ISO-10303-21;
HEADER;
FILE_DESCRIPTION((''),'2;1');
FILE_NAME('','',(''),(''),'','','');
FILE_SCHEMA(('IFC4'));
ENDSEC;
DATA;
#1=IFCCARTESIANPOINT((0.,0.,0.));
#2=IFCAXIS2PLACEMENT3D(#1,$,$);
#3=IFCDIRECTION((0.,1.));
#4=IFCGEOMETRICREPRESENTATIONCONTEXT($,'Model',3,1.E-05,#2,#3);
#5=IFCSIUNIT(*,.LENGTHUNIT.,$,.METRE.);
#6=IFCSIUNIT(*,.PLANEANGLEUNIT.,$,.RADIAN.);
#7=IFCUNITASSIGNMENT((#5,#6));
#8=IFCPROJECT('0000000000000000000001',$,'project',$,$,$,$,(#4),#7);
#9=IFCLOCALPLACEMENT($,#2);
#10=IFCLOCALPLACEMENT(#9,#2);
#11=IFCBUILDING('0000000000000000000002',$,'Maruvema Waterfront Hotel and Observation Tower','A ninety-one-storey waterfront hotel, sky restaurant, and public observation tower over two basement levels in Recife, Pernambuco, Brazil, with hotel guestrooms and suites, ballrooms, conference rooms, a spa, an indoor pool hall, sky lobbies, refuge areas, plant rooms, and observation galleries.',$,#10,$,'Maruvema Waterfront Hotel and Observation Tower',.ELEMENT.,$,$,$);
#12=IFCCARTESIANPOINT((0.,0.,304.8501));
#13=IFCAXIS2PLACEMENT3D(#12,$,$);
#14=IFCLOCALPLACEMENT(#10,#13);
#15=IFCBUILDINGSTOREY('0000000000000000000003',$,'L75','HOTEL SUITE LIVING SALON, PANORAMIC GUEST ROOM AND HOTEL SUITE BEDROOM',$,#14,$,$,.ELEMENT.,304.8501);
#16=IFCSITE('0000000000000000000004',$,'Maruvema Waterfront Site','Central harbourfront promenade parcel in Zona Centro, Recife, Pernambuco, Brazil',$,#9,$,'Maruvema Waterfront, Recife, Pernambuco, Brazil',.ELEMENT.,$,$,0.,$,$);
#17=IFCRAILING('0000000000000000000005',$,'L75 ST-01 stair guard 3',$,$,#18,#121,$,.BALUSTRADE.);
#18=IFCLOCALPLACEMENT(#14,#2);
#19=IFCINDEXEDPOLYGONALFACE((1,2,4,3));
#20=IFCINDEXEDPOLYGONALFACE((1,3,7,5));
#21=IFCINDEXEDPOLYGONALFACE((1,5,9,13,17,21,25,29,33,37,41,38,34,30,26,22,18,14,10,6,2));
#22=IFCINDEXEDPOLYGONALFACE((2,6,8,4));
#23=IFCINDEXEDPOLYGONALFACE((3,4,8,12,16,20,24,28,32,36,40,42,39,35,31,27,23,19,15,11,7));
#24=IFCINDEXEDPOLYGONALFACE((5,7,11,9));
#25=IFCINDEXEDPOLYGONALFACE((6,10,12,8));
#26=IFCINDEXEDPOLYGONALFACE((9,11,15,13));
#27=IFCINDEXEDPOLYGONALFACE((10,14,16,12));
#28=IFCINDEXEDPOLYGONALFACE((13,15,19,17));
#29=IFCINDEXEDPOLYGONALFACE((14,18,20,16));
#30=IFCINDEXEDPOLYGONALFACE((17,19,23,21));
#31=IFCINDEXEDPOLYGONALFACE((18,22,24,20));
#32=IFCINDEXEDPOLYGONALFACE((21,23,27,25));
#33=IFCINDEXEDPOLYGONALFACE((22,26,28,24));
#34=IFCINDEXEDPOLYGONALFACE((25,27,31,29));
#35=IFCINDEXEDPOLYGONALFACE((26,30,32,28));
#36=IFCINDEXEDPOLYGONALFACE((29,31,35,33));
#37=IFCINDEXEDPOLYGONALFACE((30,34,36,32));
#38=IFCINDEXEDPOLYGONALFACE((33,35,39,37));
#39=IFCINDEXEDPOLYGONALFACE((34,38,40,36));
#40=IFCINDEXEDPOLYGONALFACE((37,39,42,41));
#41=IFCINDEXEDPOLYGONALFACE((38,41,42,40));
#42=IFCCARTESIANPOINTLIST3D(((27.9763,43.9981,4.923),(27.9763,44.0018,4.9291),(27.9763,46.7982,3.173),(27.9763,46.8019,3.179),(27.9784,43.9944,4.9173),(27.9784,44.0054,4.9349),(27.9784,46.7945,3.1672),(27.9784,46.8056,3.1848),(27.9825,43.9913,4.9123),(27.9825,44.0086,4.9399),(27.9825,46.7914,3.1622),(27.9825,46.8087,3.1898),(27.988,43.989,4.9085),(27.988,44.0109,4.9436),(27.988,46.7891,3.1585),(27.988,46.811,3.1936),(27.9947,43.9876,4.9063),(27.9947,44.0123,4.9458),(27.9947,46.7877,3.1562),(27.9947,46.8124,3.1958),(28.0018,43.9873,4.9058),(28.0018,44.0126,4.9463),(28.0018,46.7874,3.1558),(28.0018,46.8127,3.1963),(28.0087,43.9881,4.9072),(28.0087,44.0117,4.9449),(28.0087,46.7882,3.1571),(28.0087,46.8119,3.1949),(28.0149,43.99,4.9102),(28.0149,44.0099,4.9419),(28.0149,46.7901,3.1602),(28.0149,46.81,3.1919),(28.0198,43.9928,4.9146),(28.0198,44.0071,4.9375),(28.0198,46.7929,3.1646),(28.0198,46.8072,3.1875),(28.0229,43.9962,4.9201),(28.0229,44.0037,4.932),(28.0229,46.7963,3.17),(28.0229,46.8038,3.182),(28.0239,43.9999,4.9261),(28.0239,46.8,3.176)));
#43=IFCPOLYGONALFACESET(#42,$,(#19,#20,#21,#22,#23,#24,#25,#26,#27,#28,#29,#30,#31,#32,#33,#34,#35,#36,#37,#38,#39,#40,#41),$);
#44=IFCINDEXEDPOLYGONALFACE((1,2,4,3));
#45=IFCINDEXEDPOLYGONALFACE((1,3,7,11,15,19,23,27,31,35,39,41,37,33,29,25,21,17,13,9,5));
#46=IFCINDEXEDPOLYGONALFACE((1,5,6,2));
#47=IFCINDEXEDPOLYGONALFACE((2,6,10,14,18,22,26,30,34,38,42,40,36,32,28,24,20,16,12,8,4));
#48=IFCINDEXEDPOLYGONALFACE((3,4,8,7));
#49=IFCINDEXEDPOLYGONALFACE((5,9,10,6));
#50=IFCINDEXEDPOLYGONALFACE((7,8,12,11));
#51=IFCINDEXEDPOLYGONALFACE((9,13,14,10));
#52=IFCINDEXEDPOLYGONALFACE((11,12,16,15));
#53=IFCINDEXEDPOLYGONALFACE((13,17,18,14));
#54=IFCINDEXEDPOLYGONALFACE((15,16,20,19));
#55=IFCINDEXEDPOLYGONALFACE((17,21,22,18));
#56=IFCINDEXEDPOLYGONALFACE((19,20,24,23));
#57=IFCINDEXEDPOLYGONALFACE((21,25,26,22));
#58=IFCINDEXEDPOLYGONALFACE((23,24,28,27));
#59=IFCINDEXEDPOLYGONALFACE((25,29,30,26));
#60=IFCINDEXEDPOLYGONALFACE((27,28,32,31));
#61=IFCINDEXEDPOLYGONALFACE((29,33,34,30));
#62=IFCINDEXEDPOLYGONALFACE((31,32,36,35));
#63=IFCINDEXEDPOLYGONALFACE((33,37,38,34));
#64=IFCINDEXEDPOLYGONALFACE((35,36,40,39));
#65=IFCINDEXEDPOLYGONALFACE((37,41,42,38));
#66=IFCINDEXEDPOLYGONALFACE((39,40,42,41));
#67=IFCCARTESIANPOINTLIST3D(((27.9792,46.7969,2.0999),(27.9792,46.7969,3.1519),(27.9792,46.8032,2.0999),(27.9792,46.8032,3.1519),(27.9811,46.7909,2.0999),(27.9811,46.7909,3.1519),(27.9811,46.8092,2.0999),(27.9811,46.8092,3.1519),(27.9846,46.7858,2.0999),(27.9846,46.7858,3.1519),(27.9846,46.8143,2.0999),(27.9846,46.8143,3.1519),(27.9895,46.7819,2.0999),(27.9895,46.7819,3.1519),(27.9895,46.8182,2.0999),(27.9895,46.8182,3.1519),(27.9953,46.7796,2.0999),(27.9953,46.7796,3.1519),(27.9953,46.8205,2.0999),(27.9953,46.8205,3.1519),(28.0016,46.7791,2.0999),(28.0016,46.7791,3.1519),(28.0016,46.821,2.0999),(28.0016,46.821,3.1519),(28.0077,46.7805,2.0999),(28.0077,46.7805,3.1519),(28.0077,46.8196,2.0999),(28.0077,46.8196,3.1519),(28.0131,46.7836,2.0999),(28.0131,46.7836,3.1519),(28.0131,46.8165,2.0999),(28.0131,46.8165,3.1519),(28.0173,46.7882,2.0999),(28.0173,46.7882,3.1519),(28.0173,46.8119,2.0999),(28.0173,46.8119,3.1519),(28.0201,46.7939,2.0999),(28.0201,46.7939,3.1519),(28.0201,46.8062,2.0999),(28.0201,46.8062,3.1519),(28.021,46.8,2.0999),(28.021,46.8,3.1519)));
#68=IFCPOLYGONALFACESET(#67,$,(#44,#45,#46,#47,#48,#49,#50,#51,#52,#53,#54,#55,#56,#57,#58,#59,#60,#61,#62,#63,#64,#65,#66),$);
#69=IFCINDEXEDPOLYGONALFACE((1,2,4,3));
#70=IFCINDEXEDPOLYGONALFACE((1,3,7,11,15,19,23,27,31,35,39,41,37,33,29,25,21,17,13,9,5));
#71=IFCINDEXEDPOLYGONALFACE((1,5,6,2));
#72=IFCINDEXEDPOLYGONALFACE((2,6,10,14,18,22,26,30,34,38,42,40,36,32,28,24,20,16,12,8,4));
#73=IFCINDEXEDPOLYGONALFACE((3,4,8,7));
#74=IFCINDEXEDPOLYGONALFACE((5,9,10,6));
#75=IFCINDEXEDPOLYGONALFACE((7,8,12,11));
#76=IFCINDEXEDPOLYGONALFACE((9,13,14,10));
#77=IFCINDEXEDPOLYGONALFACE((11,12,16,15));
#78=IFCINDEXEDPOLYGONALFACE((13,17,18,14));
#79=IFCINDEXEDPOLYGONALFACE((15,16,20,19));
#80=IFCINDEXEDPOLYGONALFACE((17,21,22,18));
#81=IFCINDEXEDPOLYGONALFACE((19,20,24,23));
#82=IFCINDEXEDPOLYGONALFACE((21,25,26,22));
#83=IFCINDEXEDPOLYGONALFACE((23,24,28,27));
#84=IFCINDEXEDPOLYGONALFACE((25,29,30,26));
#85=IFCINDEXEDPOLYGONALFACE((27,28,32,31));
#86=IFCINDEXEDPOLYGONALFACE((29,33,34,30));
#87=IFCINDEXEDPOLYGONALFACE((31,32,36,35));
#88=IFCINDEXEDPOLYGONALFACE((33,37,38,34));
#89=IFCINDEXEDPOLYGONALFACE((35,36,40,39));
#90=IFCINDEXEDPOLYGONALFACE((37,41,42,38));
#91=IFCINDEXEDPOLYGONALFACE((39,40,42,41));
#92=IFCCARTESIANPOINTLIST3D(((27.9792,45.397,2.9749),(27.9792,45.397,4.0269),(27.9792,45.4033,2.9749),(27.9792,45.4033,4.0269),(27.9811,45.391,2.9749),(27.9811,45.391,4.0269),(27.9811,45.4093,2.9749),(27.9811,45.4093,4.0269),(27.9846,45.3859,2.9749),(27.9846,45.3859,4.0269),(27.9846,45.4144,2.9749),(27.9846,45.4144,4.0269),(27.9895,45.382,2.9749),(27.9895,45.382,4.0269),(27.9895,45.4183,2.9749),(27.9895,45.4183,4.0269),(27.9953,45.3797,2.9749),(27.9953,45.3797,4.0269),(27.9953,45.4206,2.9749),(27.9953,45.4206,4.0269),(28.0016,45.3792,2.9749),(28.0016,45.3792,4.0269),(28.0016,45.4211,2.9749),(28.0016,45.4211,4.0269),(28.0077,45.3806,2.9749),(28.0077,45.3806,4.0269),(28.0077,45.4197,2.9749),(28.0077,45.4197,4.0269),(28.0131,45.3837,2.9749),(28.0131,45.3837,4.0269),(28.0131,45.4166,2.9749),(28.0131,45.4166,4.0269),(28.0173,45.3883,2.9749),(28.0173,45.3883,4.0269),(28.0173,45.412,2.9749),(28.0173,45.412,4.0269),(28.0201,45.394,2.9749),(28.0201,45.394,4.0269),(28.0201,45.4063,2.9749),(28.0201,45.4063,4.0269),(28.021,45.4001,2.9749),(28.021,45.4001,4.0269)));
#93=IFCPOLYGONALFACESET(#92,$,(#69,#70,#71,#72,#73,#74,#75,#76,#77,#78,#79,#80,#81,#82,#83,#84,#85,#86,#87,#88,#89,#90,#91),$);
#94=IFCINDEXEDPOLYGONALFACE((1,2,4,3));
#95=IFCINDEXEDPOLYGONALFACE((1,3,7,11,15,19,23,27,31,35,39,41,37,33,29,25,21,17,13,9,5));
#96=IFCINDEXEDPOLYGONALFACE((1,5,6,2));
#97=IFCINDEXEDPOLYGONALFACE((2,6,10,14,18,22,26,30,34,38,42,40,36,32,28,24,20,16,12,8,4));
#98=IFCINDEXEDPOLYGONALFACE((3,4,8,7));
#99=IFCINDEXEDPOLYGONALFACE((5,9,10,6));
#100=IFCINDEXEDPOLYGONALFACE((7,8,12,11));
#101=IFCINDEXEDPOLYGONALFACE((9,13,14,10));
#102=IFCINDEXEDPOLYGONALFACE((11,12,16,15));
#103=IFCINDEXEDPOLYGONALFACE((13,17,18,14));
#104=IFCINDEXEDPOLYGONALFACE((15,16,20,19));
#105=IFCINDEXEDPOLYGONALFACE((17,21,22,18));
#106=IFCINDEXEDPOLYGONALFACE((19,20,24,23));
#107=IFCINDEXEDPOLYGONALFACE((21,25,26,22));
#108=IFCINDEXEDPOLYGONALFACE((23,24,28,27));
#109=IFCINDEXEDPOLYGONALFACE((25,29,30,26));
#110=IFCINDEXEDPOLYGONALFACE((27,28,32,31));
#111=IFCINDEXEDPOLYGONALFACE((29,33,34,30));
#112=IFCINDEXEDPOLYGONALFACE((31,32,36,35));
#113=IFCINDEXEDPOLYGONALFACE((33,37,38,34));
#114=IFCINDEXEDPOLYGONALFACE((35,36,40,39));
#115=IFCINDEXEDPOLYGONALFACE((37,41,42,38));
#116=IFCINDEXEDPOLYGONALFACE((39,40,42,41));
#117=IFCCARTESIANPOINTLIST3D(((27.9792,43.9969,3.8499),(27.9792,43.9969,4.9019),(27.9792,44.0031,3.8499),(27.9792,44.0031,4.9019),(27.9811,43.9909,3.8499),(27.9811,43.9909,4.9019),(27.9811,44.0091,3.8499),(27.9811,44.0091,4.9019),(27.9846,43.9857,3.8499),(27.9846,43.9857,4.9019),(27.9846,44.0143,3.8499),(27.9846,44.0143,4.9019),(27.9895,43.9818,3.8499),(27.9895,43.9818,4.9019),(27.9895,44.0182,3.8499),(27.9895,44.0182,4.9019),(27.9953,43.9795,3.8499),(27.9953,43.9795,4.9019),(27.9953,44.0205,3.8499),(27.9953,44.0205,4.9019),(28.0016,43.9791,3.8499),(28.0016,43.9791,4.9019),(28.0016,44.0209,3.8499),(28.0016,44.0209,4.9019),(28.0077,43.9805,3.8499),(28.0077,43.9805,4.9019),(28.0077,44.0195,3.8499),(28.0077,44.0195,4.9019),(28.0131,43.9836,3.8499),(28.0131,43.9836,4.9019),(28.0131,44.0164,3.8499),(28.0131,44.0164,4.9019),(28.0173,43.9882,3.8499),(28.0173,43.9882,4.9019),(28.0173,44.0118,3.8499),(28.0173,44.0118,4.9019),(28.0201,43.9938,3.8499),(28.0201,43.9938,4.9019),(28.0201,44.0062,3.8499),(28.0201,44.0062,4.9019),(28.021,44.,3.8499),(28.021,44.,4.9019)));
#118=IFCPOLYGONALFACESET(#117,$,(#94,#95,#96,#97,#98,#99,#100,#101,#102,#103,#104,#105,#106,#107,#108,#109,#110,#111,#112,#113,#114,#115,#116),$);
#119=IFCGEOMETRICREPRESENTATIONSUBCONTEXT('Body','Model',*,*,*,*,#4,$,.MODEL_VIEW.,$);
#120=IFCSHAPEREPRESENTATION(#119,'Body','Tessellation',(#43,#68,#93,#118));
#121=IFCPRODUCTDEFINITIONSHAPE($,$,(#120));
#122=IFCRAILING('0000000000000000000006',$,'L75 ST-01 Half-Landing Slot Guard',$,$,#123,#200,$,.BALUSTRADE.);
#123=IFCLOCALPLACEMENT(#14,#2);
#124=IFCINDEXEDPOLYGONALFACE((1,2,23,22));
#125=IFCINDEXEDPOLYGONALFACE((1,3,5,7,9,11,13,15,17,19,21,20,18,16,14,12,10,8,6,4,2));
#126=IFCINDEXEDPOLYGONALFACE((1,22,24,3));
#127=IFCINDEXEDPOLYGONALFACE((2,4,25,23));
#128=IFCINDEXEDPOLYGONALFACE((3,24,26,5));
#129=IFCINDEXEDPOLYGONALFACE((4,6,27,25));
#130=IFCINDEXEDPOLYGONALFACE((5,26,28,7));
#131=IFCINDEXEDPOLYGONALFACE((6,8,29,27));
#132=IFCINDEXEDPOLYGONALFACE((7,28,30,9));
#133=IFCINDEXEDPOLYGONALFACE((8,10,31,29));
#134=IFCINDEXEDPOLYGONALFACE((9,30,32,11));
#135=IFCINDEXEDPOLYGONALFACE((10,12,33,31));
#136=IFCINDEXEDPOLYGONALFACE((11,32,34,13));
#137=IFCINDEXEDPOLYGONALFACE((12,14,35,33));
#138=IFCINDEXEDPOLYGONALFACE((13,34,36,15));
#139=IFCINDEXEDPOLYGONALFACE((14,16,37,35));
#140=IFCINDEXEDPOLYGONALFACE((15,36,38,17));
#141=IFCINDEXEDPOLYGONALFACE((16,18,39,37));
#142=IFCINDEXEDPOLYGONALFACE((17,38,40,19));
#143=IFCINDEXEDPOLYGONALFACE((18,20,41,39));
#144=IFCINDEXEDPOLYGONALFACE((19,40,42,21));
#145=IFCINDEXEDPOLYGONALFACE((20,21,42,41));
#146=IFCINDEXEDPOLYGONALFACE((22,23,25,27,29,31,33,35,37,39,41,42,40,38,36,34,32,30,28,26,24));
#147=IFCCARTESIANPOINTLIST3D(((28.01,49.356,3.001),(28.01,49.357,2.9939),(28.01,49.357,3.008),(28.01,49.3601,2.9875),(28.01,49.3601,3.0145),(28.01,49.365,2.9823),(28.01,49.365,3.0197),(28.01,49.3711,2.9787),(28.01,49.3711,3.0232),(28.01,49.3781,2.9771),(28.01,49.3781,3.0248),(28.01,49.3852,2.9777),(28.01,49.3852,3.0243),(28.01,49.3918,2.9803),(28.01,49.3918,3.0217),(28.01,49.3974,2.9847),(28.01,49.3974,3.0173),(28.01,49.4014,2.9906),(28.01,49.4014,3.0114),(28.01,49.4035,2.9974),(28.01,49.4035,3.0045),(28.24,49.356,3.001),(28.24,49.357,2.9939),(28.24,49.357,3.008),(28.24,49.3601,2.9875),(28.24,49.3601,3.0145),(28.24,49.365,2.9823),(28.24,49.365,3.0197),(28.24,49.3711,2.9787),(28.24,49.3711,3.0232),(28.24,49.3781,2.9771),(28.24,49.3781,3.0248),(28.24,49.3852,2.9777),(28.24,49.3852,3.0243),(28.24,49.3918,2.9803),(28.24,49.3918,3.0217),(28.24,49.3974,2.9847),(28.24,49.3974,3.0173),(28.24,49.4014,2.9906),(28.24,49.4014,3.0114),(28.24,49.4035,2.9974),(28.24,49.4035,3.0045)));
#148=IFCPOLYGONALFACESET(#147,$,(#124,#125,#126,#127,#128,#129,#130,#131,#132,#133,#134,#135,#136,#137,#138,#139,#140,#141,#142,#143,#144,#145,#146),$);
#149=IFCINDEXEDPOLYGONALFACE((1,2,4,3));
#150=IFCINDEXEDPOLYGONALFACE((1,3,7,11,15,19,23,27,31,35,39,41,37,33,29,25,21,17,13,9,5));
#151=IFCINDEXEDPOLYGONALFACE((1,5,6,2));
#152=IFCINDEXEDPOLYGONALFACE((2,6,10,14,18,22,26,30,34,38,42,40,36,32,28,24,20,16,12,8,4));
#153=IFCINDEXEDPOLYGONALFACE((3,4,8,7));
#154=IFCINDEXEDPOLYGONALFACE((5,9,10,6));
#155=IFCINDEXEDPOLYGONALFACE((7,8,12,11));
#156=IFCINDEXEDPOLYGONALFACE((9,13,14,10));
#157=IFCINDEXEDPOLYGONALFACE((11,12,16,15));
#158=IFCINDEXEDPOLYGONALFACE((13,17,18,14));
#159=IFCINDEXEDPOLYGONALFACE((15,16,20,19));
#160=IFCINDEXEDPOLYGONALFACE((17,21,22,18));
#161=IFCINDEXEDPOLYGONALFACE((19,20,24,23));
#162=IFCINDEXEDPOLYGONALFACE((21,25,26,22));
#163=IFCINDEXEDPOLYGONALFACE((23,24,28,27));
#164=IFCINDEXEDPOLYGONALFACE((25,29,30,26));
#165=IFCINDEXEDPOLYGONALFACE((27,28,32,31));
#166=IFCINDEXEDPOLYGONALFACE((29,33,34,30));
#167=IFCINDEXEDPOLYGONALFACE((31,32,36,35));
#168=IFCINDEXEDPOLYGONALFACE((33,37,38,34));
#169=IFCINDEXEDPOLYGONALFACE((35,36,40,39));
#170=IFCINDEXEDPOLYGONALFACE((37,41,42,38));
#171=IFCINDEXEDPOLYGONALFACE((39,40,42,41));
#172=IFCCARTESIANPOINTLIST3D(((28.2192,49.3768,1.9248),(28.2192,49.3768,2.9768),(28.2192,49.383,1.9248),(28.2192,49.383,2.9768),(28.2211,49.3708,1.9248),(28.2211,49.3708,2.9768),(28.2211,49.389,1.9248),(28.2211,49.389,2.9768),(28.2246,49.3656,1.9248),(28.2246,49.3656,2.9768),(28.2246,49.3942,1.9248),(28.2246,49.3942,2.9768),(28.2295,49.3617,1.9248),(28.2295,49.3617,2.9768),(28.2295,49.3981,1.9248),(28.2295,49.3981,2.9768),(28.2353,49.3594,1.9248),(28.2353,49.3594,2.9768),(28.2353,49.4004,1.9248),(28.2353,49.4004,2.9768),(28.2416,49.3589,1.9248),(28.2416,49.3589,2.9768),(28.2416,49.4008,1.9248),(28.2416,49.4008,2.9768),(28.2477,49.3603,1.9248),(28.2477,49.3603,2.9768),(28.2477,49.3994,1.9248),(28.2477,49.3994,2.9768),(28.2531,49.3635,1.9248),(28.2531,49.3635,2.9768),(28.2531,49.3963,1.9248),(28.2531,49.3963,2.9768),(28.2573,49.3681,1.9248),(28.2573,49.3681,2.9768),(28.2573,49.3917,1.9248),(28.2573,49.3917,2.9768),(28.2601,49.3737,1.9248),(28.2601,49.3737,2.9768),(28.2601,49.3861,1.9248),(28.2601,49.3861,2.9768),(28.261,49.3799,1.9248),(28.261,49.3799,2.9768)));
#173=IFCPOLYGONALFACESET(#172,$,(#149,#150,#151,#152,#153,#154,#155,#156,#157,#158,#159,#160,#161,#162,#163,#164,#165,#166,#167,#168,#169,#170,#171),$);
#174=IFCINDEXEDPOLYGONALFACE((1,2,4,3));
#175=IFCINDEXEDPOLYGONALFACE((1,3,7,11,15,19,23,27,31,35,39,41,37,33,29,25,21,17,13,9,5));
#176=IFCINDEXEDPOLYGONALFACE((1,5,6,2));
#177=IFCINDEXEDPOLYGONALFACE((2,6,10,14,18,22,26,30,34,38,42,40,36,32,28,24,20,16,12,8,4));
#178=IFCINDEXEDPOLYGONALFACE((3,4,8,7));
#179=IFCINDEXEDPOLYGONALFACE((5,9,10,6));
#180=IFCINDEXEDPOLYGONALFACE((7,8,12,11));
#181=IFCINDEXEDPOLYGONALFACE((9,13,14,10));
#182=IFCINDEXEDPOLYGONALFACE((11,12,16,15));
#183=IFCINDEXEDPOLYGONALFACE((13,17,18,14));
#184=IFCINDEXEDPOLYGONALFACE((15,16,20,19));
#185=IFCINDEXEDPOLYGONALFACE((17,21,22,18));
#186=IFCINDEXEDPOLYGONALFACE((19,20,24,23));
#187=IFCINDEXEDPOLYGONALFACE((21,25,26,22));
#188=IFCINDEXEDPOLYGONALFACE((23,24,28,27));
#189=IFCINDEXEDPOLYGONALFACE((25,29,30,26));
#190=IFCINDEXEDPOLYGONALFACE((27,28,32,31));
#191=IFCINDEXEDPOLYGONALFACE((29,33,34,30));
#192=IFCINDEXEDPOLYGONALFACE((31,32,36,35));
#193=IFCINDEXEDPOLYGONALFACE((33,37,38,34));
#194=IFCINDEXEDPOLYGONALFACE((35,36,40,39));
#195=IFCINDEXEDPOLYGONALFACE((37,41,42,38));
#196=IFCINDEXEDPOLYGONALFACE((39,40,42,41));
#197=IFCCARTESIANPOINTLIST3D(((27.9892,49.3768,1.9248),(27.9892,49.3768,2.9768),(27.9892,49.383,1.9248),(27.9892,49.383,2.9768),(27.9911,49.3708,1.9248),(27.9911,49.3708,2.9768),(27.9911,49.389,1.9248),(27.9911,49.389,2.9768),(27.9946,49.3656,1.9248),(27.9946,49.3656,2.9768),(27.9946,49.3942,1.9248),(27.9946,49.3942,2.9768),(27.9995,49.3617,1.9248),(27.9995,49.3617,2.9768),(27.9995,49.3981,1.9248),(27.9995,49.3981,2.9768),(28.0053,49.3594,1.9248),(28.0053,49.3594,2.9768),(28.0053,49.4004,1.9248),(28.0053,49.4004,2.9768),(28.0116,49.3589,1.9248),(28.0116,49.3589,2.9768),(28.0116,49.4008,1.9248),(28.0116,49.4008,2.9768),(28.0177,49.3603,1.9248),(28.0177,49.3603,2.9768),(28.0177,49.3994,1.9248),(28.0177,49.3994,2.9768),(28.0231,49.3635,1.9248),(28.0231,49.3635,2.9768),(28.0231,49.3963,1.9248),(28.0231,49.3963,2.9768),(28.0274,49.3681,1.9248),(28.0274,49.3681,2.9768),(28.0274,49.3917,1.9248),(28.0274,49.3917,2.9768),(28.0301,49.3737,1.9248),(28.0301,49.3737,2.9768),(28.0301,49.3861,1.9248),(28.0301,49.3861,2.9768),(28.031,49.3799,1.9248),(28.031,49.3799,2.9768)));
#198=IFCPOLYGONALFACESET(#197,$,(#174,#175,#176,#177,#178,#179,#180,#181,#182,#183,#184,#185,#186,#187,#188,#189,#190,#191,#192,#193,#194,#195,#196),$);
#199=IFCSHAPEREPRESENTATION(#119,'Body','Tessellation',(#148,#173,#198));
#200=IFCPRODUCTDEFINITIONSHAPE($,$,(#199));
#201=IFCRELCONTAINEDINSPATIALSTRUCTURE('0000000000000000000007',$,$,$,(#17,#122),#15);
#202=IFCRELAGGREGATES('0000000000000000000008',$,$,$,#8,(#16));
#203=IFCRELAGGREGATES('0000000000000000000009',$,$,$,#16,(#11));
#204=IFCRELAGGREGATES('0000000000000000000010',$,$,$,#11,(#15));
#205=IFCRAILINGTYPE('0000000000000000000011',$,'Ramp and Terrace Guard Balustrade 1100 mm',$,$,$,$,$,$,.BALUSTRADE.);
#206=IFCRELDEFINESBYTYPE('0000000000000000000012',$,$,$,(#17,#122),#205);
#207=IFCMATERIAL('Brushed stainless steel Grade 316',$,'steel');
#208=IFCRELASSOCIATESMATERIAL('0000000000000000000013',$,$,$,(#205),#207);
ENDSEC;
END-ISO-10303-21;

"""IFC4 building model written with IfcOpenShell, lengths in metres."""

from ifc_helpers import new_model, si_unit, direction, frame, origin, origin_2d, place, context, subcontext, project, spatial, circle, extrude, material, type_object, element, save


model = new_model("IFC4")

# Units and contexts
model_context = context("Model", 3, precision=1e-05, world=origin(), true_north=direction((0.0, 1.0)))
body_context = subcontext(model_context, "Body", "Model", "MODEL_VIEW")
ifc_project = project(units=[si_unit("LENGTHUNIT", "METRE"), si_unit("PLANEANGLEUNIT", "RADIAN")], contexts=[model_context])

# Site, building, storey
site_placement = place(None, origin())
site = spatial("IfcSite", under=ifc_project, at=site_placement, Name="Maruvema Waterfront Site", Description="Central harbourfront promenade parcel in Zona Centro, Recife, Pernambuco, Brazil", LongName="Maruvema Waterfront, Recife, Pernambuco, Brazil", CompositionType="ELEMENT", RefElevation=0.0)
building_placement = place(site_placement, origin())
building = spatial("IfcBuilding", under=site, at=building_placement, Name="Maruvema Waterfront Hotel and Observation Tower", Description="A ninety-one-storey waterfront hotel, sky restaurant, and public observation tower over two basement levels in Recife, Pernambuco, Brazil, with hotel guestrooms and suites, ballrooms, conference rooms, a spa, an indoor pool hall, sky lobbies, refuge areas, plant rooms, and observation galleries.", LongName="Maruvema Waterfront Hotel and Observation Tower", CompositionType="ELEMENT")
storey_placement = place(building_placement, frame((0.0, 0.0, 304.8501)))
storey = spatial("IfcBuildingStorey", under=building, at=storey_placement, Name="L75", Description="HOTEL SUITE LIVING SALON, PANORAMIC GUEST ROOM AND HOTEL SUITE BEDROOM", CompositionType="ELEMENT", Elevation=304.8501)

# Railings
ifc_material_1 = material(Name="Brushed stainless steel Grade 316", Category="steel")
railing_type_1 = type_object("IfcRailingType", Name="Ramp and Terrace Guard Balustrade 1100 mm", PredefinedType="BALUSTRADE", material=ifc_material_1)
railing_1_placement = place(storey_placement, frame((28.0, 46.8, 2.0999)))
element("IfcRailing", 1, at=railing_1_placement, inside=storey, type_object=railing_type_1, Name="L75 ST-01 stair guard 3", PredefinedType="BALUSTRADE", context=body_context, shape_type="SweptSolid", body=[
    extrude(circle(Radius=0.0239, at=origin_2d()), frame((0.0, 0.0, 1.0762), z_axis=(0.0, -0.848002, 0.529992), x_axis=(1.0, 0.0, 0.0)), (0.0, 0.0, 1.0), 3.302),
    extrude(circle(Radius=0.021, at=origin_2d()), origin(), (0.0, 0.0, 1.0), 1.052),
    extrude(circle(Radius=0.021, at=origin_2d()), frame((0.0, -1.3999, 0.875)), (0.0, 0.0, 1.0), 1.052),
    extrude(circle(Radius=0.021, at=origin_2d()), frame((0.0, -2.8, 1.75)), (0.0, 0.0, 1.0), 1.052),
])
railing_2_placement = place(storey_placement, frame((28.24, 49.3799, 1.9248)))
element("IfcRailing", 2, at=railing_2_placement, inside=storey, type_object=railing_type_1, Name="L75 ST-01 Half-Landing Slot Guard", PredefinedType="BALUSTRADE", context=body_context, shape_type="SweptSolid", body=[
    extrude(circle(Radius=0.0239, at=origin_2d()), frame((0.0, 0.0, 1.0762), z_axis=(-1.0, 0.0, 0.0), x_axis=(0.0, -1.0, 0.0)), (0.0, 0.0, 1.0), 0.23),
    extrude(circle(Radius=0.021, at=origin_2d()), origin(), (0.0, 0.0, 1.0), 1.052),
    extrude(circle(Radius=0.021, at=origin_2d()), frame((-0.23, 0.0, 0.0)), (0.0, 0.0, 1.0), 1.052),
])

save(model, "model.ifc")
